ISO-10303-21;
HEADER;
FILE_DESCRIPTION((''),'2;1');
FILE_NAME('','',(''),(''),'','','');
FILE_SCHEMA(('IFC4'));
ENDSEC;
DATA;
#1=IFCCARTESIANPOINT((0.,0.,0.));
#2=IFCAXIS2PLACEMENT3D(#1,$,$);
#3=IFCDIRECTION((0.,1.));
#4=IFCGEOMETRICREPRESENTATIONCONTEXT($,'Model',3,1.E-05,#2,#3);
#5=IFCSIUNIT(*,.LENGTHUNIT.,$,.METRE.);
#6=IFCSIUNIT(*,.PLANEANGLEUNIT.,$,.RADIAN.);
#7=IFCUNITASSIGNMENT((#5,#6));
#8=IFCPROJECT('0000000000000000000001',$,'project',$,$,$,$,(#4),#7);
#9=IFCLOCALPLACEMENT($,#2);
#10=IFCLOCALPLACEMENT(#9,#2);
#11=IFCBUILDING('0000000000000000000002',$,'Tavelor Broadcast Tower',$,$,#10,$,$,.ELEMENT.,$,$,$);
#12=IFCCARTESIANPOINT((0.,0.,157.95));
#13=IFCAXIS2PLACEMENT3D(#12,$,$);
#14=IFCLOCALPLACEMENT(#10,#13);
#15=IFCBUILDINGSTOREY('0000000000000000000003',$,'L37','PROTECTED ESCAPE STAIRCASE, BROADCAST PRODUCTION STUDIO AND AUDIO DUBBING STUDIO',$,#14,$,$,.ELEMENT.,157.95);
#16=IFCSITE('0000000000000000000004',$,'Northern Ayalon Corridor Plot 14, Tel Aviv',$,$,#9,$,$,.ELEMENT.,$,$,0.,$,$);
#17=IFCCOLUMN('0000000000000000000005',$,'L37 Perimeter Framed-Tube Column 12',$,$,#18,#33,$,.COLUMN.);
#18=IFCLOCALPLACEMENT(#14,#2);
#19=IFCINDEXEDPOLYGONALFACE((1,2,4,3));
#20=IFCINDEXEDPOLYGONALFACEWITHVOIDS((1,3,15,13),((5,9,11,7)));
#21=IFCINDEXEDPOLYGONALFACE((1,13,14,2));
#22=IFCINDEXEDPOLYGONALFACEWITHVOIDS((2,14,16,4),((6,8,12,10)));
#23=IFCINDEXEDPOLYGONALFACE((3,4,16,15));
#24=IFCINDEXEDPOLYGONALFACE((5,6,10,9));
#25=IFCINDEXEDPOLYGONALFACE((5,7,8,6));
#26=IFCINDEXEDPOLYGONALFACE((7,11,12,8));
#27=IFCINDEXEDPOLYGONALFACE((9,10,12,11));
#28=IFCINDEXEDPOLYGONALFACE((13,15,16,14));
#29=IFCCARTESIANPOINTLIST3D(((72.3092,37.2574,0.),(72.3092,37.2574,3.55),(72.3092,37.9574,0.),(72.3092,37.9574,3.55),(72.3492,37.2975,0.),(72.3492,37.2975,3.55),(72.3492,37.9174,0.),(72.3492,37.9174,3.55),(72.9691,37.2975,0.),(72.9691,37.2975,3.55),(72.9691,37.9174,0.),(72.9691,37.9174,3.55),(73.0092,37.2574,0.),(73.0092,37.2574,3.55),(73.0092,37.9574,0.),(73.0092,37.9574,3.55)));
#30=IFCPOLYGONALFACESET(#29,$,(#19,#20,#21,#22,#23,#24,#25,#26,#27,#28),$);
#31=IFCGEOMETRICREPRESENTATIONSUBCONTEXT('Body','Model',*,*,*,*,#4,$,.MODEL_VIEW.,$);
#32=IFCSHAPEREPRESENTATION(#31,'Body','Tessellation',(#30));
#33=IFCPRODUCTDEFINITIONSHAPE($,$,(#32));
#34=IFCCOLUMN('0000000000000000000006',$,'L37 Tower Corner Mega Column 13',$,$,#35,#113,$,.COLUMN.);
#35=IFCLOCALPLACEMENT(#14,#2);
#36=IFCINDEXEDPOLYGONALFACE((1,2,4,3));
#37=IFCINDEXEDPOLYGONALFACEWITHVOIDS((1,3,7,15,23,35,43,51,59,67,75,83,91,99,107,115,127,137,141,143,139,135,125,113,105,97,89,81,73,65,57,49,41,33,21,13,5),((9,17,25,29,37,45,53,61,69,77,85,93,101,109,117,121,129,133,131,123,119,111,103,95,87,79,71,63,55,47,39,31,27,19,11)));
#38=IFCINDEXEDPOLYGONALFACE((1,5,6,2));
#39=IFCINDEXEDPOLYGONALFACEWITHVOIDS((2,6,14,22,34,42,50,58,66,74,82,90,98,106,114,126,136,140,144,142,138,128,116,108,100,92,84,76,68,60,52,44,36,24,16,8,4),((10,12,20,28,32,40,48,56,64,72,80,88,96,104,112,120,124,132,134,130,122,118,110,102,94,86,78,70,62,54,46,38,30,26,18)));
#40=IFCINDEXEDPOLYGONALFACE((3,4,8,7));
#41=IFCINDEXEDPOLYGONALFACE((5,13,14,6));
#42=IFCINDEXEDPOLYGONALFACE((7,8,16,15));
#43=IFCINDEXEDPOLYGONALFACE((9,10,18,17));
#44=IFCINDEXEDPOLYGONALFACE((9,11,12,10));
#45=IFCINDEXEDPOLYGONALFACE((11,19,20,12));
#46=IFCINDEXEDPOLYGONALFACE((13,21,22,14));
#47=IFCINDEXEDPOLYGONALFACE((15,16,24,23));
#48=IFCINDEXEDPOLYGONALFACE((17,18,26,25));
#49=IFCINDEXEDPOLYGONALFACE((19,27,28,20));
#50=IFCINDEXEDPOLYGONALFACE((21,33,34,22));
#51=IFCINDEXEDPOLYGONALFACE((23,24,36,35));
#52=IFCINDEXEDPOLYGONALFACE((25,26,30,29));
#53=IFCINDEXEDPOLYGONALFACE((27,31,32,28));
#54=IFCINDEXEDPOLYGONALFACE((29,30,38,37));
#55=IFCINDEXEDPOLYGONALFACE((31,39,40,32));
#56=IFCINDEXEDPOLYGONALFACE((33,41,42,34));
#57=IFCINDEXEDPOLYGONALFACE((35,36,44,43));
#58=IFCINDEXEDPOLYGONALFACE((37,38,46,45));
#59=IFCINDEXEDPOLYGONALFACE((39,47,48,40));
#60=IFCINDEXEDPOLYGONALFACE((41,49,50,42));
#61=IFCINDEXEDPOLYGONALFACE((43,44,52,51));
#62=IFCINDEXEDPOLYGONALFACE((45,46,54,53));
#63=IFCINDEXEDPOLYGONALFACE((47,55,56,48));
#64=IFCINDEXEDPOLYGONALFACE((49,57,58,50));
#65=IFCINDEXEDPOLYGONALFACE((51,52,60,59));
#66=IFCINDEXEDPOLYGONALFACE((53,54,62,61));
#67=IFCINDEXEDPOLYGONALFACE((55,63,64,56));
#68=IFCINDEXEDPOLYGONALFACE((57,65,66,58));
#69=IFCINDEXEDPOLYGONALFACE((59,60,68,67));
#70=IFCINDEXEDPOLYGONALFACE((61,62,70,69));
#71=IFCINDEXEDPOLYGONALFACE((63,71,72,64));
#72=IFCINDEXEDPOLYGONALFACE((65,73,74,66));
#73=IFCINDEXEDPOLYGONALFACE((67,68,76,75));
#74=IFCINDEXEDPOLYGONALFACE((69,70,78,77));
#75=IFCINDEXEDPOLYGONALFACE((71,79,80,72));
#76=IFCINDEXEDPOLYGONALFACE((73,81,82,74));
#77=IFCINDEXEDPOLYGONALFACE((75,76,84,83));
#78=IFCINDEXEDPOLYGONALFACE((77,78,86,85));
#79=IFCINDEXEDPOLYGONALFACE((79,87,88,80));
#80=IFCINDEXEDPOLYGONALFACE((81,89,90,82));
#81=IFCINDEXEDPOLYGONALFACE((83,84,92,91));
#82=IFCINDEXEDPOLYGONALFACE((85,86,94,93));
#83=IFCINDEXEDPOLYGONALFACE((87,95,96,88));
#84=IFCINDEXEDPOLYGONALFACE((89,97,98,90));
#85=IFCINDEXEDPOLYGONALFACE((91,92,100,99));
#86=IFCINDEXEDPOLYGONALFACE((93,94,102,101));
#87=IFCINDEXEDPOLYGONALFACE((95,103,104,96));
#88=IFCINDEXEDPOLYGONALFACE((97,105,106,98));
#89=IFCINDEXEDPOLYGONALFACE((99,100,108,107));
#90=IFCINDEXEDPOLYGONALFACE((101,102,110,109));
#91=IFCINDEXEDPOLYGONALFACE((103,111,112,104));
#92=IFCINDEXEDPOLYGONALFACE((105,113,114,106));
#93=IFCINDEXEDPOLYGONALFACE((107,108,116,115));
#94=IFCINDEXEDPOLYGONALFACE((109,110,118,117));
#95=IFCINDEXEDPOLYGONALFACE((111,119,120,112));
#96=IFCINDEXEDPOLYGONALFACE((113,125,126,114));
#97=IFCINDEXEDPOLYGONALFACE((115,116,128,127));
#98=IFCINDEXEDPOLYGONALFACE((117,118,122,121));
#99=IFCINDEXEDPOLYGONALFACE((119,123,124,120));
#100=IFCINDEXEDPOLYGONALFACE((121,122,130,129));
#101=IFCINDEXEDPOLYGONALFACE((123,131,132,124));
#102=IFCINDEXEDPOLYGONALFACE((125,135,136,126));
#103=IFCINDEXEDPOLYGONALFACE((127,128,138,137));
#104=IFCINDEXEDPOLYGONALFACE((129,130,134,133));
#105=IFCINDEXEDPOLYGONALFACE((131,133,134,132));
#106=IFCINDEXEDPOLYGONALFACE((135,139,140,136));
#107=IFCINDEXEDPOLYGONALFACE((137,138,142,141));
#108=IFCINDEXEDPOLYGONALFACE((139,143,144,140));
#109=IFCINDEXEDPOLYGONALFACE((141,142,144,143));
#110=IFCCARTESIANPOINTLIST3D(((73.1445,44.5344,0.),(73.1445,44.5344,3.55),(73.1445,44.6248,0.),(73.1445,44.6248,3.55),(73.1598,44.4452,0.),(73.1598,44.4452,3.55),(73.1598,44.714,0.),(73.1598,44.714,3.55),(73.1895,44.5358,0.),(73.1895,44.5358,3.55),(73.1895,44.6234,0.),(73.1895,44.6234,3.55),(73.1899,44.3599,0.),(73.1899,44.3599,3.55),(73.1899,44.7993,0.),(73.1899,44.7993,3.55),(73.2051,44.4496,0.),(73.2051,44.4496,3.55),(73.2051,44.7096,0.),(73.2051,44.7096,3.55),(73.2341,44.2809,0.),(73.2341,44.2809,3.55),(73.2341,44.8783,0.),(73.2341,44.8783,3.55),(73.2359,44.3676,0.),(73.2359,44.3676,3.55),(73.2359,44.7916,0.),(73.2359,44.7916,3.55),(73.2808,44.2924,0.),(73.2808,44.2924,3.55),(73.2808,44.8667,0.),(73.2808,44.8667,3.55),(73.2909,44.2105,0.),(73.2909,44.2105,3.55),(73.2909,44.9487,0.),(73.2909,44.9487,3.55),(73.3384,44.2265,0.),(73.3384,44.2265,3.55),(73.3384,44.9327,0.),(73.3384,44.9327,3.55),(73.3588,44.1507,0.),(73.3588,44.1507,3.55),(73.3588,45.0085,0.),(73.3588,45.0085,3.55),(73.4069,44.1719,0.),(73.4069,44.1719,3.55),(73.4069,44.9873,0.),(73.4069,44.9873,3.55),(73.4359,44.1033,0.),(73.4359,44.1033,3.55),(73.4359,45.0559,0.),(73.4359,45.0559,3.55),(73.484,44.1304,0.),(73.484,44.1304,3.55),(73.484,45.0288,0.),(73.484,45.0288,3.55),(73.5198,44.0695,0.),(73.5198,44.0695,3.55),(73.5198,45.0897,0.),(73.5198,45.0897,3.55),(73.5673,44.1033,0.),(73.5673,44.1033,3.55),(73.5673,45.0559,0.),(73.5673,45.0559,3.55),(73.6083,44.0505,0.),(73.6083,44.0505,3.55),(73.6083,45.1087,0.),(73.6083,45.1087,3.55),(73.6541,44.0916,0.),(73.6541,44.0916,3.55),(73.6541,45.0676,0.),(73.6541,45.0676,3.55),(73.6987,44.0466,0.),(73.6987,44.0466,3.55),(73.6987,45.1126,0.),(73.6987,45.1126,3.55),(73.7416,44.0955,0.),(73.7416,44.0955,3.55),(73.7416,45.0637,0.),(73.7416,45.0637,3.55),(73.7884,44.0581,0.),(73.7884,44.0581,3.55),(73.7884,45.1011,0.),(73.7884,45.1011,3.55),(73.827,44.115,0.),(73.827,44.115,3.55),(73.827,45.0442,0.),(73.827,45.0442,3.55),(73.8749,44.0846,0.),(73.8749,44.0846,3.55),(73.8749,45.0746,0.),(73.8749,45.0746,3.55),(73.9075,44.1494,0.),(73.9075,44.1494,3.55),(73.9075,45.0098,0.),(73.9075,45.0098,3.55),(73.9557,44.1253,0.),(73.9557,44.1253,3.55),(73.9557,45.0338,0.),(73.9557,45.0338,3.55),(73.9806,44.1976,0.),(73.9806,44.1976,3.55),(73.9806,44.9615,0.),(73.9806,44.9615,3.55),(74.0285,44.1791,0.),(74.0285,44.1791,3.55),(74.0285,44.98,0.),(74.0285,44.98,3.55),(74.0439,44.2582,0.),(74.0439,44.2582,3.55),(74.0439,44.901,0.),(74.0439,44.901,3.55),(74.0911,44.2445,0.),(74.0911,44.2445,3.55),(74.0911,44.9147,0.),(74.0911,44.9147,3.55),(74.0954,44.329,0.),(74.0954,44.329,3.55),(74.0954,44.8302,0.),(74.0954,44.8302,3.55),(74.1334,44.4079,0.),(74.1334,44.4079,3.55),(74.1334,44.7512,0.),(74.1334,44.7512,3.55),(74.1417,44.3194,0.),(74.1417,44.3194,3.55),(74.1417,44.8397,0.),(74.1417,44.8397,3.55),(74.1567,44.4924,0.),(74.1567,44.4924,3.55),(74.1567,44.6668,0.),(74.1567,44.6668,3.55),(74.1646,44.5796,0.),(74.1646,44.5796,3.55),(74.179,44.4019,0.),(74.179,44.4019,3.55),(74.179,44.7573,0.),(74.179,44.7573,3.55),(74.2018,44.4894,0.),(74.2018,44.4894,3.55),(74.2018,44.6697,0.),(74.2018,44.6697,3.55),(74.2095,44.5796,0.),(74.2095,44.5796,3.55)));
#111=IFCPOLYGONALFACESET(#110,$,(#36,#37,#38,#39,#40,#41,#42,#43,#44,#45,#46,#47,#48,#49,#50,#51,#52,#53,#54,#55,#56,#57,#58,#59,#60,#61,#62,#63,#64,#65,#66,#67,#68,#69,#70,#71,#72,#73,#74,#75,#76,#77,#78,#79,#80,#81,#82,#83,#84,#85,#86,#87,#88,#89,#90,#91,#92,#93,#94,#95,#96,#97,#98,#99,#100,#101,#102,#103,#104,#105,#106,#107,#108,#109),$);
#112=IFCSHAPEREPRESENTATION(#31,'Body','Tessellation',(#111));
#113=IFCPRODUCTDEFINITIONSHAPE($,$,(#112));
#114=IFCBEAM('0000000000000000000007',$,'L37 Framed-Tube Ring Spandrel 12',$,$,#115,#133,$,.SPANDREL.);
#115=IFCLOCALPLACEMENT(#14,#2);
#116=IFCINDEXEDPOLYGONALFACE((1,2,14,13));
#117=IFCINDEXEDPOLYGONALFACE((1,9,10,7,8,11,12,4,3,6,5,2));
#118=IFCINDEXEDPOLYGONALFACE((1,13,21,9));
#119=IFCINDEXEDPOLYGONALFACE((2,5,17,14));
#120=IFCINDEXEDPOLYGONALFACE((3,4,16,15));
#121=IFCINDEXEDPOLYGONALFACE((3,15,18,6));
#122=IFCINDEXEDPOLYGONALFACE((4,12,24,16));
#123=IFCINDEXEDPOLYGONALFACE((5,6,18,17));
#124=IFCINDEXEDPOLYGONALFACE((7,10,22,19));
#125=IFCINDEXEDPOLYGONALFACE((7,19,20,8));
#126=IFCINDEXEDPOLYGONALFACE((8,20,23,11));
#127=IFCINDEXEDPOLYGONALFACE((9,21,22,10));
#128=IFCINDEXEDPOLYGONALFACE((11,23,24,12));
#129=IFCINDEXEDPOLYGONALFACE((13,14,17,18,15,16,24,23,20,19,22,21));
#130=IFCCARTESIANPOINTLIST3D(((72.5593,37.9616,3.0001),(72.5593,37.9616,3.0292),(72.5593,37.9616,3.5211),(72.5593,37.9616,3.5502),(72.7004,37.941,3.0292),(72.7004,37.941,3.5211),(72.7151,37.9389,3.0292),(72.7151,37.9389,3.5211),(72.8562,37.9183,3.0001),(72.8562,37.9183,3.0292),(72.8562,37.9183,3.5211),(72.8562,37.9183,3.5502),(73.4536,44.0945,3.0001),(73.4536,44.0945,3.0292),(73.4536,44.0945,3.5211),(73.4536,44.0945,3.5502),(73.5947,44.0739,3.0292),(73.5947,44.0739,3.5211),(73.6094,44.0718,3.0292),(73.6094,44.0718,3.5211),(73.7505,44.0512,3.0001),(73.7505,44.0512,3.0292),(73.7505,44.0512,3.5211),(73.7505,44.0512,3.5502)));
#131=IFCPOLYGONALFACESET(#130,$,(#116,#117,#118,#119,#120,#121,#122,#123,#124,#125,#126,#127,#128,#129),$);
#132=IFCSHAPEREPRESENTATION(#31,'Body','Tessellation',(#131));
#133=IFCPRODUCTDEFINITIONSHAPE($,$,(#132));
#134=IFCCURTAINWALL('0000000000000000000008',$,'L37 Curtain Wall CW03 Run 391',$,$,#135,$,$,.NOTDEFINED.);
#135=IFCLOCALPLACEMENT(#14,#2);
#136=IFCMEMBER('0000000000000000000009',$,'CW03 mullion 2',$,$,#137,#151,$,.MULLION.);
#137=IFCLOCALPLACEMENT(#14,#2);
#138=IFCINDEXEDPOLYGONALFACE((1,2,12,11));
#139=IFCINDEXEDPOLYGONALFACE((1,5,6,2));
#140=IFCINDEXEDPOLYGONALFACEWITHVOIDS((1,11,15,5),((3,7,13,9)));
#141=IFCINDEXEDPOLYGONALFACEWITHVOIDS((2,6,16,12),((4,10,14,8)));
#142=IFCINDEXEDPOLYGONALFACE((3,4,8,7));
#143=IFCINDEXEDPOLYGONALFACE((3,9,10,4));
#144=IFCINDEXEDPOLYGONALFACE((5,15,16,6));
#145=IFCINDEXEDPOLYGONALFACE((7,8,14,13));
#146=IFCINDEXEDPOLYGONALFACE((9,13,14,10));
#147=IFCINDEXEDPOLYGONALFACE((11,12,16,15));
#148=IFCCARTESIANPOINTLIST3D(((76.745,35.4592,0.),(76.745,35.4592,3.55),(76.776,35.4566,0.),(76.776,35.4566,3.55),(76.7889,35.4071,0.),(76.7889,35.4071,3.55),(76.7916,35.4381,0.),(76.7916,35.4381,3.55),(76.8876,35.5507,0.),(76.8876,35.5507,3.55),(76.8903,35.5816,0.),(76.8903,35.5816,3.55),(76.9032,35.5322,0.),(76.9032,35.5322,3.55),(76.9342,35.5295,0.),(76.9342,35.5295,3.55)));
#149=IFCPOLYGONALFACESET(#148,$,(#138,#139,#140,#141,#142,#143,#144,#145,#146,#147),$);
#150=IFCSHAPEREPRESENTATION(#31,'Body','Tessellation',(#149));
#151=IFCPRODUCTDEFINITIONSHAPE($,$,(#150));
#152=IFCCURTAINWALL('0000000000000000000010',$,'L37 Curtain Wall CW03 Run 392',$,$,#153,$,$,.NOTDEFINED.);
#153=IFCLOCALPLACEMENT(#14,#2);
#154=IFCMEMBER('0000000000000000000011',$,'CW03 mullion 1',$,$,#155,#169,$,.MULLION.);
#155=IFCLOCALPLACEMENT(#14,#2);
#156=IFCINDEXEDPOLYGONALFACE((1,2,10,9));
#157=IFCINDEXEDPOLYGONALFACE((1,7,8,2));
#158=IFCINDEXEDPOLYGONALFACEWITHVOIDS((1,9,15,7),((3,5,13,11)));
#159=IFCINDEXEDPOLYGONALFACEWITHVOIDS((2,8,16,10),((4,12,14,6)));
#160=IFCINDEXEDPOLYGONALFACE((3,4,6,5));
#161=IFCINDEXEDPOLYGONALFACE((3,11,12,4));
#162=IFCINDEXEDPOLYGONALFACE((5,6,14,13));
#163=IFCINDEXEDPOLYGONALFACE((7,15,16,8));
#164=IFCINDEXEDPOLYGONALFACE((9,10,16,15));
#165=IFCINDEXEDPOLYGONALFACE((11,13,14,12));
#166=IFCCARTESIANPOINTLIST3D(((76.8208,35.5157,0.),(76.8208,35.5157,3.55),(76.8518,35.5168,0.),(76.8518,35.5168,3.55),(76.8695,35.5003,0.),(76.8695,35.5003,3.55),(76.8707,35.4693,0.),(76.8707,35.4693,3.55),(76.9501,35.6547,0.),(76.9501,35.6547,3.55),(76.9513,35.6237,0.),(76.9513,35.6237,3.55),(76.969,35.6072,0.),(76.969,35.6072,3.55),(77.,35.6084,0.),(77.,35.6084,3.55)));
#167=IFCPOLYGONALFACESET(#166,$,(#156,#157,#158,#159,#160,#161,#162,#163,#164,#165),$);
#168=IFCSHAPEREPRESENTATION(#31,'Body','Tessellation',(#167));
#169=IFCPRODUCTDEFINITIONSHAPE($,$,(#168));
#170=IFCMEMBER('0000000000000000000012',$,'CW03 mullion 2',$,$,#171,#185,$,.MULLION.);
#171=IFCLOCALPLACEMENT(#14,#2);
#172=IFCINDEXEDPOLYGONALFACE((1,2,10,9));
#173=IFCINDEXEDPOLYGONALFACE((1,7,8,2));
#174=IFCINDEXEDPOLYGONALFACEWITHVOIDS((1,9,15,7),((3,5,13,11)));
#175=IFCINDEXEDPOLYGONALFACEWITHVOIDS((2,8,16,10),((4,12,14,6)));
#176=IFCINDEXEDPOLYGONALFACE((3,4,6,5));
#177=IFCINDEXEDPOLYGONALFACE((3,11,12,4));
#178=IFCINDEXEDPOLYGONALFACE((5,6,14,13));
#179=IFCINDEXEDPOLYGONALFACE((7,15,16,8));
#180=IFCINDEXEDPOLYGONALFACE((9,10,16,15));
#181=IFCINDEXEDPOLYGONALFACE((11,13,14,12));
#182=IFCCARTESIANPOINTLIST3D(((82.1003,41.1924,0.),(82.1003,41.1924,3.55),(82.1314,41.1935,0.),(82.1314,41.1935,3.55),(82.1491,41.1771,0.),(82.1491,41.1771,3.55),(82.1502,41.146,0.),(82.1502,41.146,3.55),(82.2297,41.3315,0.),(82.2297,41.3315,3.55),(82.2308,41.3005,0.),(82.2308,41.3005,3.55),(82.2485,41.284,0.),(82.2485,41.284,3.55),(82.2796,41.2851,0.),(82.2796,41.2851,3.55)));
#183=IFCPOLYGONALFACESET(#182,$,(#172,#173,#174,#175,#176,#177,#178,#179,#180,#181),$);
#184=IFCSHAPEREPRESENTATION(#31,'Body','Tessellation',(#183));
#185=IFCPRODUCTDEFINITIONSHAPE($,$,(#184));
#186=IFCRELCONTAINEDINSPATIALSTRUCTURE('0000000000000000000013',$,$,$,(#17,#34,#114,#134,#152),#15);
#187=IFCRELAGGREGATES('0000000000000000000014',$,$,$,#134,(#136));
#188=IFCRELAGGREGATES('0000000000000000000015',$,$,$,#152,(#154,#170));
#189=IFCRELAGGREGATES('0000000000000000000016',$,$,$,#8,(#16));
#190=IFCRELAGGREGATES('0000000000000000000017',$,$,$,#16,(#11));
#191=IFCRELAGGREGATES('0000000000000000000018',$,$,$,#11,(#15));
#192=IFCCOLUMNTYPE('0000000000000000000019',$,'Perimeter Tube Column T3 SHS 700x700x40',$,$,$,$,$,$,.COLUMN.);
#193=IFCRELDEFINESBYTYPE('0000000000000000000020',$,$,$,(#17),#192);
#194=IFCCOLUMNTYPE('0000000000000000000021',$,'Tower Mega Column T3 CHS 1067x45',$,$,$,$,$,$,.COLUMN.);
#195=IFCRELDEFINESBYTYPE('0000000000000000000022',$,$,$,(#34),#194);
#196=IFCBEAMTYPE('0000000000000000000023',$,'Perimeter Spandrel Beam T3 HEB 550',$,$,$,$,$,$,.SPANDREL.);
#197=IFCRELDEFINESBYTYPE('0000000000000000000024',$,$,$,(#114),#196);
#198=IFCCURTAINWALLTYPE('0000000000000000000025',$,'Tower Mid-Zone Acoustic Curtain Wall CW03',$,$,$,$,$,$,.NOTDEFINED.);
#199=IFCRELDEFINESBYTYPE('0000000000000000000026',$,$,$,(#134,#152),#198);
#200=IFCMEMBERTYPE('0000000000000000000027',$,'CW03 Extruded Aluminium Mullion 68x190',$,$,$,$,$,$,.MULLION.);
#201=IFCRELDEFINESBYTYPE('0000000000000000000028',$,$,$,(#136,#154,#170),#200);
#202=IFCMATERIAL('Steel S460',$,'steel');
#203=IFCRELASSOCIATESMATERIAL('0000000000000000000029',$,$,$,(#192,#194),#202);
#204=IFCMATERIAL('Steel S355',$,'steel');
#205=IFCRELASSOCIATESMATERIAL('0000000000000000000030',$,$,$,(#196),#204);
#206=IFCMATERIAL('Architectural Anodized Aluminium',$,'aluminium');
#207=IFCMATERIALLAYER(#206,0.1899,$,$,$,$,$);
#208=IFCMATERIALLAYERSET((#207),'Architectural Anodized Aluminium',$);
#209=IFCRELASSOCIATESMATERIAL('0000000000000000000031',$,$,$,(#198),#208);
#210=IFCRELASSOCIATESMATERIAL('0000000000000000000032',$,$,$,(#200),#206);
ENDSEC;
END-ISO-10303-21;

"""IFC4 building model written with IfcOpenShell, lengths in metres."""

from ifc_helpers import new_model, si_unit, direction, frame, origin, origin_2d, place, context, subcontext, project, spatial, hollow_rectangle, hollow_circle, i_section, extrude, source, transform, mapped, material, layer, layer_set, material_profile, profile_set, type_object, type_shapes, element, aggregate, save


model = new_model("IFC4")

# Units and contexts
model_context = context("Model", 3, precision=1e-05, world=origin(), true_north=direction((0.0, 1.0)))
body_context = subcontext(model_context, "Body", "Model", "MODEL_VIEW")
ifc_project = project(units=[si_unit("LENGTHUNIT", "METRE"), si_unit("PLANEANGLEUNIT", "RADIAN")], contexts=[model_context])

# Site, building, storey
site_placement = place(None, origin())
site = spatial("IfcSite", under=ifc_project, at=site_placement, Name="Northern Ayalon Corridor Plot 14, Tel Aviv", CompositionType="ELEMENT", RefElevation=0.0)
building_placement = place(site_placement, origin())
building = spatial("IfcBuilding", under=site, at=building_placement, Name="Tavelor Broadcast Tower", CompositionType="ELEMENT")
storey_placement = place(building_placement, frame((0.0, 0.0, 157.95)))
storey = spatial("IfcBuildingStorey", under=building, at=storey_placement, Name="L37", Description="PROTECTED ESCAPE STAIRCASE, BROADCAST PRODUCTION STUDIO AND AUDIO DUBBING STUDIO", CompositionType="ELEMENT", Elevation=157.95)

# Columns
ifc_material_1 = material(Name="Steel S460", Category="steel")
ifc_material_profile_1 = material_profile(ifc_material_1, hollow_rectangle(XDim=0.7, YDim=0.7, WallThickness=0.04, at=origin_2d()), Name="SHS 700x700x40")
ifc_profile_set_1 = profile_set([ifc_material_profile_1], Name="Steel S460")
column_type_1 = type_object("IfcColumnType", Name="Perimeter Tube Column T3 SHS 700x700x40", PredefinedType="COLUMN", material=ifc_profile_set_1)
column_1_placement = place(storey_placement, frame((72.6592, 37.6074, 0.0), z_axis=(0.0, 0.0, 1.0), x_axis=(1.0, 0.0, 0.0)))
element("IfcColumn", 1, at=column_1_placement, inside=storey, type_object=column_type_1, Name="L37 Perimeter Framed-Tube Column 12", PredefinedType="COLUMN", context=body_context, shape_type="SweptSolid", body=[
    extrude(hollow_rectangle(XDim=0.7, YDim=0.7, WallThickness=0.04, at=origin_2d()), origin(), (0.0, 0.0, 1.0), 3.55),
])
ifc_material_profile_2 = material_profile(ifc_material_1, hollow_circle(Radius=0.5334, WallThickness=0.0449, at=origin_2d()), Name="CHS 1067x45")
ifc_profile_set_2 = profile_set([ifc_material_profile_2], Name="Steel S460")
column_type_2 = type_object("IfcColumnType", Name="Tower Mega Column T3 CHS 1067x45", PredefinedType="COLUMN", material=ifc_profile_set_2)
column_2_placement = place(storey_placement, frame((73.676, 44.5796, 0.0), z_axis=(0.0, 0.0, 1.0), x_axis=(1.0, 0.0, 0.0)))
element("IfcColumn", 2, at=column_2_placement, inside=storey, type_object=column_type_2, Name="L37 Tower Corner Mega Column 13", PredefinedType="COLUMN", context=body_context, shape_type="SweptSolid", body=[
    extrude(hollow_circle(Radius=0.5334, WallThickness=0.0449, at=origin_2d()), origin(), (0.0, 0.0, 1.0), 3.55),
])

# Beam
ifc_material_2 = material(Name="Steel S355", Category="steel")
ifc_material_profile_3 = material_profile(ifc_material_2, i_section(OverallWidth=0.3, OverallDepth=0.55, WebThickness=0.0149, FlangeThickness=0.0291, at=origin_2d()), Name="HEB 550")
ifc_profile_set_3 = profile_set([ifc_material_profile_3], Name="Steel S355")
beam_type = type_object("IfcBeamType", Name="Perimeter Spandrel Beam T3 HEB 550", PredefinedType="SPANDREL", material=ifc_profile_set_3)
beam_placement = place(storey_placement, frame((72.7078, 37.9399, 3.2751), z_axis=(0.144294, 0.989535, 0.0), x_axis=(-0.989535, 0.144294, 0.0)))
element("IfcBeam", 3, at=beam_placement, inside=storey, type_object=beam_type, Name="L37 Framed-Tube Ring Spandrel 12", PredefinedType="SPANDREL", context=body_context, shape_type="SweptSolid", body=[
    extrude(i_section(OverallWidth=0.3, OverallDepth=0.55, WebThickness=0.0149, FlangeThickness=0.0291, at=origin_2d()), origin(), (0.0, 0.0, 1.0), 6.1978),
])

# Curtain wall, member
ifc_material_3 = material(Name="Architectural Anodized Aluminium", Category="aluminium")
ifc_layer_1 = layer(ifc_material_3, 0.1899)
ifc_layer_set_1 = layer_set([ifc_layer_1], Name="Architectural Anodized Aluminium")
curtain_wall_type = type_object("IfcCurtainWallType", Name="Tower Mid-Zone Acoustic Curtain Wall CW03", PredefinedType="NOTDEFINED", material=ifc_layer_set_1)
curtain_wall_1_placement = place(storey_placement, origin())
curtain_wall_1 = element("IfcCurtainWall", 4, at=curtain_wall_1_placement, inside=storey, type_object=curtain_wall_type, Name="L37 Curtain Wall CW03 Run 391", PredefinedType="NOTDEFINED")
ifc_material_profile_4 = material_profile(ifc_material_3, hollow_rectangle(XDim=0.0681, YDim=0.1899, WallThickness=0.022, at=origin_2d()), Name="RHS 68x190x22")
ifc_profile_set_4 = profile_set([ifc_material_profile_4], Name="Architectural Anodized Aluminium")
member_type_1 = type_object("IfcMemberType", Name="CW03 Extruded Aluminium Mullion 68x190", PredefinedType="MULLION", material=ifc_profile_set_4)
shared_shape_1 = source(origin(), body_context, "Body", "SweptSolid", [
    extrude(hollow_rectangle(XDim=0.0681, YDim=0.1899, WallThickness=0.022, at=origin_2d()), origin(), (0.0, 0.0, 1.0), 3.55),
])
type_shapes(member_type_1, [shared_shape_1])
member_1_placement = place(storey_placement, frame((76.8396, 35.4944, 0.0), z_axis=(0.0, 0.0, 1.0), x_axis=(-0.644462, 0.764636, 0.0)))
member_1 = element("IfcMember", 5, at=member_1_placement, type_object=member_type_1, Name="CW03 mullion 2", PredefinedType="MULLION", context=body_context, shape_type="MappedRepresentation", body=[
    mapped(shared_shape_1, transform((0.0, 0.0, 0.0), scale=1.0)),
])

# Curtain wall, members
curtain_wall_2_placement = place(storey_placement, origin())
curtain_wall_2 = element("IfcCurtainWall", 6, at=curtain_wall_2_placement, inside=storey, type_object=curtain_wall_type, Name="L37 Curtain Wall CW03 Run 392", PredefinedType="NOTDEFINED")
member_2_placement = place(storey_placement, frame((76.9104, 35.562, 0.0), z_axis=(0.0, 0.0, 1.0), x_axis=(-0.732261, 0.681024, 0.0)))
member_2 = element("IfcMember", 7, at=member_2_placement, type_object=member_type_1, Name="CW03 mullion 1", PredefinedType="MULLION", context=body_context, shape_type="MappedRepresentation", body=[
    mapped(shared_shape_1, transform((0.0, 0.0, 0.0), scale=1.0)),
])
member_3_placement = place(storey_placement, frame((82.1899, 41.2388, 0.0), z_axis=(0.0, 0.0, 1.0), x_axis=(-0.732261, 0.681024, 0.0)))
member_3 = element("IfcMember", 8, at=member_3_placement, type_object=member_type_1, Name="CW03 mullion 2", PredefinedType="MULLION", context=body_context, shape_type="MappedRepresentation", body=[
    mapped(shared_shape_1, transform((0.0, 0.0, 0.0), scale=1.0)),
])

aggregate(curtain_wall_1, [member_1])
aggregate(curtain_wall_2, [member_2, member_3])

save(model, "model.ifc")
